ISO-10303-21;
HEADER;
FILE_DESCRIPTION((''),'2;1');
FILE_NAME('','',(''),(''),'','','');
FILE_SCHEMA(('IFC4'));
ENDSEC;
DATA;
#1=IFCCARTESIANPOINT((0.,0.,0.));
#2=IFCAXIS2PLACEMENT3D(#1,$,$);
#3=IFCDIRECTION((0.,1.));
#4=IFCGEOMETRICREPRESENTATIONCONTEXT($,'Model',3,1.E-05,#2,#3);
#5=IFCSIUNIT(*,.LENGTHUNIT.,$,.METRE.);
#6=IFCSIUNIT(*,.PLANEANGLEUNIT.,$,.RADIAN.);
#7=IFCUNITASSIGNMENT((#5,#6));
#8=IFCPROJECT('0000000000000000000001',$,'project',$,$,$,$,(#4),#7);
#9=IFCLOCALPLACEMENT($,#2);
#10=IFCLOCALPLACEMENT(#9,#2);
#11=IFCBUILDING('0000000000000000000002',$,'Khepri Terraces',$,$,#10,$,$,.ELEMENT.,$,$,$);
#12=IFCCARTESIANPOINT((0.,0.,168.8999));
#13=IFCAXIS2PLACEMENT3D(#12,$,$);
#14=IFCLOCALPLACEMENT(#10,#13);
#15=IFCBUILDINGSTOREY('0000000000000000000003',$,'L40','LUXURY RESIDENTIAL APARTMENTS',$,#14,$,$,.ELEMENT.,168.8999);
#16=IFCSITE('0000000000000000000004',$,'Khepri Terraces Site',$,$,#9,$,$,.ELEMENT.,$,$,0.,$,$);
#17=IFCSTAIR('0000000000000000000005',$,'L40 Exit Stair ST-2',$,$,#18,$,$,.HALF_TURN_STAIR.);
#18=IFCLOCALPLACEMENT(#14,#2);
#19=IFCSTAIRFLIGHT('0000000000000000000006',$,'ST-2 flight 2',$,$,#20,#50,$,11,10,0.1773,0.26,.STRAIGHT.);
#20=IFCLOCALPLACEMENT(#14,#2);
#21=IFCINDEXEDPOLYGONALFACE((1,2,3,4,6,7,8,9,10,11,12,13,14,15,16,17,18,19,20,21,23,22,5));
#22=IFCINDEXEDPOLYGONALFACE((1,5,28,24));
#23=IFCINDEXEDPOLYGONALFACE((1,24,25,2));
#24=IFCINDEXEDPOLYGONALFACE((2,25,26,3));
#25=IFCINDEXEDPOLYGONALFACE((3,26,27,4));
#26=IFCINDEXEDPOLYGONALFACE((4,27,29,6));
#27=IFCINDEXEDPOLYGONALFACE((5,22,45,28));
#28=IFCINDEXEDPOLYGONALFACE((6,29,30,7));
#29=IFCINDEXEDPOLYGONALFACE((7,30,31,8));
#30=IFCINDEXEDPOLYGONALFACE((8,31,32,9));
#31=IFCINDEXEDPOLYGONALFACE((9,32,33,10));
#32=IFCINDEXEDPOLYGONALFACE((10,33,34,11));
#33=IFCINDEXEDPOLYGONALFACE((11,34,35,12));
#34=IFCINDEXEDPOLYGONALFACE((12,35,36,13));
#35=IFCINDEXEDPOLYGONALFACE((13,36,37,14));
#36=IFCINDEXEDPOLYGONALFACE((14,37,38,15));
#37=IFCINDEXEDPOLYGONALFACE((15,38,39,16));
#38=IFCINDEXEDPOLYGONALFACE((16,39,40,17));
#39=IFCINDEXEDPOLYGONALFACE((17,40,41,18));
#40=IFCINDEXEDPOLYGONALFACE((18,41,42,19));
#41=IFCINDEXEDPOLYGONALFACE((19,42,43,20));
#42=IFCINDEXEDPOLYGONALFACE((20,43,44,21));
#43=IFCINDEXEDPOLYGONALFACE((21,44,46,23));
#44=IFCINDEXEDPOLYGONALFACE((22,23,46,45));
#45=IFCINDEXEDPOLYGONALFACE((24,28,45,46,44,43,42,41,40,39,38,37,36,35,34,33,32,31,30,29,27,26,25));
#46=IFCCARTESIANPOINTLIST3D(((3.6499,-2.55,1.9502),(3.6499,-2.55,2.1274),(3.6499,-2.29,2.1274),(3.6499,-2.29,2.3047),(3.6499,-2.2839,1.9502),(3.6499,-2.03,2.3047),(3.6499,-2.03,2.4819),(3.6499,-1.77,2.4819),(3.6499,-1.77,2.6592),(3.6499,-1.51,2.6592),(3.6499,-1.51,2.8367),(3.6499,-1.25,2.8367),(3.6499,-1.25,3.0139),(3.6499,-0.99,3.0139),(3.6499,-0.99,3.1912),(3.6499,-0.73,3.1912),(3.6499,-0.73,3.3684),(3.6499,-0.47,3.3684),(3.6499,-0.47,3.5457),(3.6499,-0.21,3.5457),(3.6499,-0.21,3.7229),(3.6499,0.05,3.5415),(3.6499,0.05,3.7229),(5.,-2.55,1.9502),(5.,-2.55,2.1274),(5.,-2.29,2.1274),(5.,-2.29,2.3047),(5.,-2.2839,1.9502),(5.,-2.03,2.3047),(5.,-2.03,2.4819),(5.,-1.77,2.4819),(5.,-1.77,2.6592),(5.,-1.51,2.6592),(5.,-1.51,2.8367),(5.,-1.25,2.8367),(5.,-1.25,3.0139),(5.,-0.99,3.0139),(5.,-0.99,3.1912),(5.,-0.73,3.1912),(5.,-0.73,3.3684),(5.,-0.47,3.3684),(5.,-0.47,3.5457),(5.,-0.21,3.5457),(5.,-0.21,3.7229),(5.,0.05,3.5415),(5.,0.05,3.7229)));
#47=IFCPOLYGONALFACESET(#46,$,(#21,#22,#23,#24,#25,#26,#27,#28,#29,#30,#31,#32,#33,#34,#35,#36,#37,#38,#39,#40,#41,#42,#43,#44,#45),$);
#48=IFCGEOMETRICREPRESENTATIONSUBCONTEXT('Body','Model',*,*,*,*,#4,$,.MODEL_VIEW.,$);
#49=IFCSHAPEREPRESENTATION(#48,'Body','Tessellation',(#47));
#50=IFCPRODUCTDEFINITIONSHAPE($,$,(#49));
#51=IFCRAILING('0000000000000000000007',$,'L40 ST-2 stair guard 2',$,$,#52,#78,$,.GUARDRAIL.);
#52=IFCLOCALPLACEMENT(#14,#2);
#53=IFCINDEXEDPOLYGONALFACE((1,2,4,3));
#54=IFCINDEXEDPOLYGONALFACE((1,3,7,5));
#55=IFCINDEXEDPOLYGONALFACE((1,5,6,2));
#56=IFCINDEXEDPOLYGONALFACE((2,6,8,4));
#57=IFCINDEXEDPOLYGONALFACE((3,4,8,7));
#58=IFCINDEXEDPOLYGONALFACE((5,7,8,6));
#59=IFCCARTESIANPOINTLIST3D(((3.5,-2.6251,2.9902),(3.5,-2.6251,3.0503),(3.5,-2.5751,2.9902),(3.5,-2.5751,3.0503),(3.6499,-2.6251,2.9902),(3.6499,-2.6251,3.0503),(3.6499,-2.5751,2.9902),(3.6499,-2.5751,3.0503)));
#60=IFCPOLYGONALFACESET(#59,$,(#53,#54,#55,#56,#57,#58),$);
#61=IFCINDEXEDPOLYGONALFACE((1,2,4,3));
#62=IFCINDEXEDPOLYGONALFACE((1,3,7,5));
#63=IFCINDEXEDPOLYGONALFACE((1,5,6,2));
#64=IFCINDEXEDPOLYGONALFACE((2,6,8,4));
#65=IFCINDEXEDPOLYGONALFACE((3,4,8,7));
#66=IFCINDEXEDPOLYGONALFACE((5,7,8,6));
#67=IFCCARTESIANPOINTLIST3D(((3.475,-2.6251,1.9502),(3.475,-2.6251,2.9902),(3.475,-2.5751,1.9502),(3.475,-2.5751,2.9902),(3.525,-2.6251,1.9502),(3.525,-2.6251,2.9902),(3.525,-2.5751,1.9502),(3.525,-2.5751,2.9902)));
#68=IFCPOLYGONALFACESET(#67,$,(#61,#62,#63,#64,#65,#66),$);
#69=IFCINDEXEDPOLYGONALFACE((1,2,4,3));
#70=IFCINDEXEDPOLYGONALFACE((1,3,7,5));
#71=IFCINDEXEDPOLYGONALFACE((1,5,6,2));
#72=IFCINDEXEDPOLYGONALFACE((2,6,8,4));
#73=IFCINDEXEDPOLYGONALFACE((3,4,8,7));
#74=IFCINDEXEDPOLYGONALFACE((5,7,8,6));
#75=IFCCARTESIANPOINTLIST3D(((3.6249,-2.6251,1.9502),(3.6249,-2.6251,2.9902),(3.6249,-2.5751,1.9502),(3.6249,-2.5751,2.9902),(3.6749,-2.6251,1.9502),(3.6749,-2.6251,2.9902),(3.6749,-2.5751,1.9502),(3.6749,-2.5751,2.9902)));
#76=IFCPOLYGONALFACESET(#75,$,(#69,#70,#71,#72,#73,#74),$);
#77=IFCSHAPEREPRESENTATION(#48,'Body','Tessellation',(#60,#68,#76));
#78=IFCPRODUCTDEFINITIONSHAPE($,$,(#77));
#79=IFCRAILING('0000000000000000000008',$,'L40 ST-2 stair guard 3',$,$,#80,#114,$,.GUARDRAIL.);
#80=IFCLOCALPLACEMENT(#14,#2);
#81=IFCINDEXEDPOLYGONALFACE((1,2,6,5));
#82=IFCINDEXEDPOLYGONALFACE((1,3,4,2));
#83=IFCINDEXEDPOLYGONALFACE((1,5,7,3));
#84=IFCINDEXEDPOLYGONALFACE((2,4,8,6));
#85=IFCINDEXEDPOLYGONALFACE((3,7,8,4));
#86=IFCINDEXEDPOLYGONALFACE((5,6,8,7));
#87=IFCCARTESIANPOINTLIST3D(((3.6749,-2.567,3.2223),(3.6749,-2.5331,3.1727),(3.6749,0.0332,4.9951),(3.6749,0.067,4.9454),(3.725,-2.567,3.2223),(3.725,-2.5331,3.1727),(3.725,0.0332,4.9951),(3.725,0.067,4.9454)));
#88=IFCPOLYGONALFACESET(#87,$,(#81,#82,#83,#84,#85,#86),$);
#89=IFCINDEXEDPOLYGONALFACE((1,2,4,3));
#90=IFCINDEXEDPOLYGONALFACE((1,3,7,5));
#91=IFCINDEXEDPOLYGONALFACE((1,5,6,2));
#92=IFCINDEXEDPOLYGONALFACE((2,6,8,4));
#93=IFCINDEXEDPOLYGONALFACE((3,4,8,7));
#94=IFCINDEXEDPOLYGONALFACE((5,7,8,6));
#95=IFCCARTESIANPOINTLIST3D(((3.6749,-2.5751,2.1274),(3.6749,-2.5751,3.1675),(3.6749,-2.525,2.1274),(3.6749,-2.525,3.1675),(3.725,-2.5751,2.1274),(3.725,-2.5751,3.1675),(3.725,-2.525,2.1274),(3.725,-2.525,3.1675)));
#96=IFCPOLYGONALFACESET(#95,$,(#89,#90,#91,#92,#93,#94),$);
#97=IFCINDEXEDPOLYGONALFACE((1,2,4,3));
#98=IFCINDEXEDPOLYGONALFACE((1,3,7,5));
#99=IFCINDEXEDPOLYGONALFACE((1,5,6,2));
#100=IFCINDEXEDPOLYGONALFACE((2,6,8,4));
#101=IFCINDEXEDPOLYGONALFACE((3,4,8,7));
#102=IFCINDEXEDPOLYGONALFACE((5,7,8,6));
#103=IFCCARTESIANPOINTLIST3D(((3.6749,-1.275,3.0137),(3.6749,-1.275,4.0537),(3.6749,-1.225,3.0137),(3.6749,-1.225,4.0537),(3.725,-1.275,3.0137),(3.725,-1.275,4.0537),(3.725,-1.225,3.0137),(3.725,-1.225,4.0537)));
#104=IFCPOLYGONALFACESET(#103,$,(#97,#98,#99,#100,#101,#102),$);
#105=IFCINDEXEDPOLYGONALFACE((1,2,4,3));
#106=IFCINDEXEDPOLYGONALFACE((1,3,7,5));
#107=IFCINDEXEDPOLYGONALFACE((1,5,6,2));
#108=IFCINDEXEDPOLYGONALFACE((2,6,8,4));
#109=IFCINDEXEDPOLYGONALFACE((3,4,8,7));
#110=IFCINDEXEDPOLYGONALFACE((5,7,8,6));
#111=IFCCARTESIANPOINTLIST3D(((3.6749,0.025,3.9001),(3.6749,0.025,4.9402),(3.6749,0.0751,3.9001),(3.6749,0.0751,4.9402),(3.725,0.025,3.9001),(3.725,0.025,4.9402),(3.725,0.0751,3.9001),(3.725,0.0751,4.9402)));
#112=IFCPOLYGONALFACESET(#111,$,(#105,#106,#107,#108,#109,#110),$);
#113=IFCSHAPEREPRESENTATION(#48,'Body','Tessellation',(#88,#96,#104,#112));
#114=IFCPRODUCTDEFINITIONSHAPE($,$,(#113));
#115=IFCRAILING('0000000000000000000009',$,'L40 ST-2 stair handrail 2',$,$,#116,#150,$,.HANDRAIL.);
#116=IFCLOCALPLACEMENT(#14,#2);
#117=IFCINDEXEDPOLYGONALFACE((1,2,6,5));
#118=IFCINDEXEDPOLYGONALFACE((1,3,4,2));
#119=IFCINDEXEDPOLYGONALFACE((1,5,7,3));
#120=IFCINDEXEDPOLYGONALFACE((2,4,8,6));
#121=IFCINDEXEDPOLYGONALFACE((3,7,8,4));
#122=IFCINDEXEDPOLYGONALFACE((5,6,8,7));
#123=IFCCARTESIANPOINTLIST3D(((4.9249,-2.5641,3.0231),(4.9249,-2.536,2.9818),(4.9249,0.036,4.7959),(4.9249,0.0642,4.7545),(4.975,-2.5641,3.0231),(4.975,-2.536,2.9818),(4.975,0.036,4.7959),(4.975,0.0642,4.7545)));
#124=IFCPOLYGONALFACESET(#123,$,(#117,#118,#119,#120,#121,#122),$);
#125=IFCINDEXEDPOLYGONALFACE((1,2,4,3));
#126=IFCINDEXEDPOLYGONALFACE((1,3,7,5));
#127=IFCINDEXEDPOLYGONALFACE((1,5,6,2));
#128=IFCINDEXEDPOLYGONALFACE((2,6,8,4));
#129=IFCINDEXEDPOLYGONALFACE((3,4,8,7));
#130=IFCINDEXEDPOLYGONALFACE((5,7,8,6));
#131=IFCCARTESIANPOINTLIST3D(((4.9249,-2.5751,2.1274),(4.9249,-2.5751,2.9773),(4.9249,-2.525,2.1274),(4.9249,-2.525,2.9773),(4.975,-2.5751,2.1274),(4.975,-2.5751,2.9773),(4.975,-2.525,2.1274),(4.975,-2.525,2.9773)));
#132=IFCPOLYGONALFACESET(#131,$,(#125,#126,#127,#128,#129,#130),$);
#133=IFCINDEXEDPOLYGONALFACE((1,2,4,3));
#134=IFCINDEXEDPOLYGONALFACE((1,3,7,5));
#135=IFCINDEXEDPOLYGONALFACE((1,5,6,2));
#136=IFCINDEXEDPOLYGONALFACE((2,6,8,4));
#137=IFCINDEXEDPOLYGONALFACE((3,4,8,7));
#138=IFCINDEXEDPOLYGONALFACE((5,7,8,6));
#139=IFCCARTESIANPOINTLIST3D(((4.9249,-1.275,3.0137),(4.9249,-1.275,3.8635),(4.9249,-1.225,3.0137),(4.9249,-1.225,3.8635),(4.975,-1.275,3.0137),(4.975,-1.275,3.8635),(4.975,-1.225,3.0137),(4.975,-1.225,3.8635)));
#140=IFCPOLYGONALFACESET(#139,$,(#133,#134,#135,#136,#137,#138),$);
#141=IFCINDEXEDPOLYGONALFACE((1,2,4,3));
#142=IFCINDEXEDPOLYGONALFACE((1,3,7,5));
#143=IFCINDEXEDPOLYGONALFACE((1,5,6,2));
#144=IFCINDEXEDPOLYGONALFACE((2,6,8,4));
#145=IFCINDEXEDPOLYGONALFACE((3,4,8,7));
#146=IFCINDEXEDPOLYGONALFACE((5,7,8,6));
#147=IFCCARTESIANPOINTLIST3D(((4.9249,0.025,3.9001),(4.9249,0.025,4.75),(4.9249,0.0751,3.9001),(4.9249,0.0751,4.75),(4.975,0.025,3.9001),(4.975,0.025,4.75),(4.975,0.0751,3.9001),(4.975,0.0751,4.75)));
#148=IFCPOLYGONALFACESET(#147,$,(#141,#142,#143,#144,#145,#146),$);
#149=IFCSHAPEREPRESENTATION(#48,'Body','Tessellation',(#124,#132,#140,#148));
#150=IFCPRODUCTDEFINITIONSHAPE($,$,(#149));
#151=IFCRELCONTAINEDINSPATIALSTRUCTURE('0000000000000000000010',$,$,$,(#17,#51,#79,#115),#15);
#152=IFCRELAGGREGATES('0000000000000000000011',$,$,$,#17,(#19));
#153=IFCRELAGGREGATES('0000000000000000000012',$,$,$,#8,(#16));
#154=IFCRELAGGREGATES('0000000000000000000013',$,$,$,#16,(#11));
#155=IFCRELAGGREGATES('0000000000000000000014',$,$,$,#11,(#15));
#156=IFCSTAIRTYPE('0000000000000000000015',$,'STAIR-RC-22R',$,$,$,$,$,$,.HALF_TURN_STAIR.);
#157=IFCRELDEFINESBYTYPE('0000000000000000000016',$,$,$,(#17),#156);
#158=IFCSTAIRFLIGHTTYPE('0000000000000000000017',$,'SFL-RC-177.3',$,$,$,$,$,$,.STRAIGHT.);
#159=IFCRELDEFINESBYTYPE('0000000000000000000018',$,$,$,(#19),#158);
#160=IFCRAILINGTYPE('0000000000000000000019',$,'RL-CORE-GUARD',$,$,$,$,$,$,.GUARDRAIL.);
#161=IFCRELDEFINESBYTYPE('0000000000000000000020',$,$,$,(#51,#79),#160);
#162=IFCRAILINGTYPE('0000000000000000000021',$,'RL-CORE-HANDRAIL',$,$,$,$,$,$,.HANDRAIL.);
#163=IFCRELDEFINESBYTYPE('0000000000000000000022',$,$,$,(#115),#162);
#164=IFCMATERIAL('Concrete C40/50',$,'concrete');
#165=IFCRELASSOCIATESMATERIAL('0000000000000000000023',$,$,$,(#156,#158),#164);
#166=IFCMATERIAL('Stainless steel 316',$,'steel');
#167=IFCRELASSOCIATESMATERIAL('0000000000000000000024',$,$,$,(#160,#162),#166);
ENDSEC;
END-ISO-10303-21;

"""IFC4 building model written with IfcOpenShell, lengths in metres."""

from ifc_helpers import new_model, si_unit, direction, frame, origin, origin_2d, place, context, subcontext, project, spatial, polyline, rectangle, outline, extrude, material, type_object, element, aggregate, save


model = new_model("IFC4")

# Units and contexts
model_context = context("Model", 3, precision=1e-05, world=origin(), true_north=direction((0.0, 1.0)))
body_context = subcontext(model_context, "Body", "Model", "MODEL_VIEW")
ifc_project = project(units=[si_unit("LENGTHUNIT", "METRE"), si_unit("PLANEANGLEUNIT", "RADIAN")], contexts=[model_context])

# Site, building, storey
site_placement = place(None, origin())
site = spatial("IfcSite", under=ifc_project, at=site_placement, Name="Khepri Terraces Site", CompositionType="ELEMENT", RefElevation=0.0)
building_placement = place(site_placement, origin())
building = spatial("IfcBuilding", under=site, at=building_placement, Name="Khepri Terraces", CompositionType="ELEMENT")
storey_placement = place(building_placement, frame((0.0, 0.0, 168.8999)))
storey = spatial("IfcBuildingStorey", under=building, at=storey_placement, Name="L40", Description="LUXURY RESIDENTIAL APARTMENTS", CompositionType="ELEMENT", Elevation=168.8999)

# Shared definitions
ifc_material_1 = material(Name="Concrete C40/50", Category="concrete")

# Stair, stair flight
stair_type = type_object("IfcStairType", Name="STAIR-RC-22R", PredefinedType="HALF_TURN_STAIR", material=ifc_material_1)
stair_placement = place(storey_placement, origin())
stair = element("IfcStair", 1, at=stair_placement, inside=storey, type_object=stair_type, Name="L40 Exit Stair ST-2", PredefinedType="HALF_TURN_STAIR")
stair_flight_type = type_object("IfcStairFlightType", Name="SFL-RC-177.3", PredefinedType="STRAIGHT", material=ifc_material_1)
stair_flight_placement = place(storey_placement, frame((4.325, -2.55, 1.9502), z_axis=(0.0, 0.0, 1.0), x_axis=(0.0, 1.0, 0.0)))
stair_flight = element("IfcStairFlight", 2, at=stair_flight_placement, type_object=stair_flight_type, Name="ST-2 flight 2", NumberOfRisers=11, NumberOfTreads=10, PredefinedType="STRAIGHT", RiserHeight=0.1773, TreadLength=0.26, context=body_context, shape_type="SweptSolid", body=[
    extrude(outline(polyline([(0.0, 0.0), (0.0, 0.1772), (0.26, 0.1772), (0.26, 0.3545), (0.52, 0.3545), (0.52, 0.5317), (0.78, 0.5317), (0.78, 0.709), (1.04, 0.709), (1.04, 0.8865), (1.3, 0.8865), (1.3, 1.0637), (1.5601, 1.0637), (1.5601, 1.241), (1.8201, 1.241), (1.8201, 1.4182), (2.0801, 1.4182), (2.0801, 1.5955), (2.3401, 1.5955), (2.3401, 1.7727), (2.6001, 1.7727), (2.6001, 1.95), (2.6001, 1.5913), (0.2661, 0.0), (0.0, 0.0)])), frame((0.0, 0.675, 0.0), z_axis=(0.0, -1.0, 0.0), x_axis=(1.0, 0.0, 0.0)), (0.0, 0.0, 1.0), 1.3501),
])
aggregate(stair, [stair_flight])

# Railings
ifc_material_2 = material(Name="Stainless steel 316", Category="steel")
railing_type_1 = type_object("IfcRailingType", Name="RL-CORE-GUARD", PredefinedType="GUARDRAIL", material=ifc_material_2)
railing_1_placement = place(storey_placement, frame((3.5, -2.6001, 1.9502)))
element("IfcRailing", 3, at=railing_1_placement, inside=storey, type_object=railing_type_1, Name="L40 ST-2 stair guard 2", PredefinedType="GUARDRAIL", context=body_context, shape_type="SweptSolid", body=[
    extrude(rectangle(XDim=0.05, YDim=0.0601, at=origin_2d()), frame((0.0, 0.0, 1.0701), z_axis=(1.0, 0.0, 0.0), x_axis=(0.0, 1.0, 0.0)), (0.0, 0.0, 1.0), 0.1499),
    extrude(rectangle(XDim=0.05, YDim=0.05, at=origin_2d()), origin(), (0.0, 0.0, 1.0), 1.04),
    extrude(rectangle(XDim=0.05, YDim=0.05, at=origin_2d()), frame((0.1499, 0.0, 0.0)), (0.0, 0.0, 1.0), 1.04),
])
railing_2_placement = place(storey_placement, frame((3.7, -2.55, 2.1274)))
element("IfcRailing", 4, at=railing_2_placement, inside=storey, type_object=railing_type_1, Name="L40 ST-2 stair guard 3", PredefinedType="GUARDRAIL", context=body_context, shape_type="SweptSolid", body=[
    extrude(rectangle(XDim=0.05, YDim=0.0601, at=origin_2d()), frame((0.0, 0.0, 1.0701), z_axis=(0.0, 0.82624, 0.563318), x_axis=(-1.0, 0.0, 0.0)), (0.0, 0.0, 1.0), 3.147),
    extrude(rectangle(XDim=0.05, YDim=0.05, at=origin_2d()), origin(), (0.0, 0.0, 1.0), 1.04),
    extrude(rectangle(XDim=0.05, YDim=0.05, at=origin_2d()), frame((0.0, 1.3, 0.8862)), (0.0, 0.0, 1.0), 1.04),
    extrude(rectangle(XDim=0.05, YDim=0.05, at=origin_2d()), frame((0.0, 2.6001, 1.7727)), (0.0, 0.0, 1.0), 1.04),
])
railing_type_2 = type_object("IfcRailingType", Name="RL-CORE-HANDRAIL", PredefinedType="HANDRAIL", material=ifc_material_2)
railing_3_placement = place(storey_placement, frame((4.95, -2.55, 2.1274)))
element("IfcRailing", 5, at=railing_3_placement, inside=storey, type_object=railing_type_2, Name="L40 ST-2 stair handrail 2", PredefinedType="HANDRAIL", context=body_context, shape_type="SweptSolid", body=[
    extrude(rectangle(XDim=0.05, YDim=0.05, at=origin_2d()), frame((0.0, 0.0, 0.875), z_axis=(0.0, 0.82624, 0.563318), x_axis=(-1.0, 0.0, 0.0)), (0.0, 0.0, 1.0), 3.147),
    extrude(rectangle(XDim=0.05, YDim=0.05, at=origin_2d()), origin(), (0.0, 0.0, 1.0), 0.8499),
    extrude(rectangle(XDim=0.05, YDim=0.05, at=origin_2d()), frame((0.0, 1.3, 0.8862)), (0.0, 0.0, 1.0), 0.8499),
    extrude(rectangle(XDim=0.05, YDim=0.05, at=origin_2d()), frame((0.0, 2.6001, 1.7727)), (0.0, 0.0, 1.0), 0.8499),
])

save(model, "model.ifc")
